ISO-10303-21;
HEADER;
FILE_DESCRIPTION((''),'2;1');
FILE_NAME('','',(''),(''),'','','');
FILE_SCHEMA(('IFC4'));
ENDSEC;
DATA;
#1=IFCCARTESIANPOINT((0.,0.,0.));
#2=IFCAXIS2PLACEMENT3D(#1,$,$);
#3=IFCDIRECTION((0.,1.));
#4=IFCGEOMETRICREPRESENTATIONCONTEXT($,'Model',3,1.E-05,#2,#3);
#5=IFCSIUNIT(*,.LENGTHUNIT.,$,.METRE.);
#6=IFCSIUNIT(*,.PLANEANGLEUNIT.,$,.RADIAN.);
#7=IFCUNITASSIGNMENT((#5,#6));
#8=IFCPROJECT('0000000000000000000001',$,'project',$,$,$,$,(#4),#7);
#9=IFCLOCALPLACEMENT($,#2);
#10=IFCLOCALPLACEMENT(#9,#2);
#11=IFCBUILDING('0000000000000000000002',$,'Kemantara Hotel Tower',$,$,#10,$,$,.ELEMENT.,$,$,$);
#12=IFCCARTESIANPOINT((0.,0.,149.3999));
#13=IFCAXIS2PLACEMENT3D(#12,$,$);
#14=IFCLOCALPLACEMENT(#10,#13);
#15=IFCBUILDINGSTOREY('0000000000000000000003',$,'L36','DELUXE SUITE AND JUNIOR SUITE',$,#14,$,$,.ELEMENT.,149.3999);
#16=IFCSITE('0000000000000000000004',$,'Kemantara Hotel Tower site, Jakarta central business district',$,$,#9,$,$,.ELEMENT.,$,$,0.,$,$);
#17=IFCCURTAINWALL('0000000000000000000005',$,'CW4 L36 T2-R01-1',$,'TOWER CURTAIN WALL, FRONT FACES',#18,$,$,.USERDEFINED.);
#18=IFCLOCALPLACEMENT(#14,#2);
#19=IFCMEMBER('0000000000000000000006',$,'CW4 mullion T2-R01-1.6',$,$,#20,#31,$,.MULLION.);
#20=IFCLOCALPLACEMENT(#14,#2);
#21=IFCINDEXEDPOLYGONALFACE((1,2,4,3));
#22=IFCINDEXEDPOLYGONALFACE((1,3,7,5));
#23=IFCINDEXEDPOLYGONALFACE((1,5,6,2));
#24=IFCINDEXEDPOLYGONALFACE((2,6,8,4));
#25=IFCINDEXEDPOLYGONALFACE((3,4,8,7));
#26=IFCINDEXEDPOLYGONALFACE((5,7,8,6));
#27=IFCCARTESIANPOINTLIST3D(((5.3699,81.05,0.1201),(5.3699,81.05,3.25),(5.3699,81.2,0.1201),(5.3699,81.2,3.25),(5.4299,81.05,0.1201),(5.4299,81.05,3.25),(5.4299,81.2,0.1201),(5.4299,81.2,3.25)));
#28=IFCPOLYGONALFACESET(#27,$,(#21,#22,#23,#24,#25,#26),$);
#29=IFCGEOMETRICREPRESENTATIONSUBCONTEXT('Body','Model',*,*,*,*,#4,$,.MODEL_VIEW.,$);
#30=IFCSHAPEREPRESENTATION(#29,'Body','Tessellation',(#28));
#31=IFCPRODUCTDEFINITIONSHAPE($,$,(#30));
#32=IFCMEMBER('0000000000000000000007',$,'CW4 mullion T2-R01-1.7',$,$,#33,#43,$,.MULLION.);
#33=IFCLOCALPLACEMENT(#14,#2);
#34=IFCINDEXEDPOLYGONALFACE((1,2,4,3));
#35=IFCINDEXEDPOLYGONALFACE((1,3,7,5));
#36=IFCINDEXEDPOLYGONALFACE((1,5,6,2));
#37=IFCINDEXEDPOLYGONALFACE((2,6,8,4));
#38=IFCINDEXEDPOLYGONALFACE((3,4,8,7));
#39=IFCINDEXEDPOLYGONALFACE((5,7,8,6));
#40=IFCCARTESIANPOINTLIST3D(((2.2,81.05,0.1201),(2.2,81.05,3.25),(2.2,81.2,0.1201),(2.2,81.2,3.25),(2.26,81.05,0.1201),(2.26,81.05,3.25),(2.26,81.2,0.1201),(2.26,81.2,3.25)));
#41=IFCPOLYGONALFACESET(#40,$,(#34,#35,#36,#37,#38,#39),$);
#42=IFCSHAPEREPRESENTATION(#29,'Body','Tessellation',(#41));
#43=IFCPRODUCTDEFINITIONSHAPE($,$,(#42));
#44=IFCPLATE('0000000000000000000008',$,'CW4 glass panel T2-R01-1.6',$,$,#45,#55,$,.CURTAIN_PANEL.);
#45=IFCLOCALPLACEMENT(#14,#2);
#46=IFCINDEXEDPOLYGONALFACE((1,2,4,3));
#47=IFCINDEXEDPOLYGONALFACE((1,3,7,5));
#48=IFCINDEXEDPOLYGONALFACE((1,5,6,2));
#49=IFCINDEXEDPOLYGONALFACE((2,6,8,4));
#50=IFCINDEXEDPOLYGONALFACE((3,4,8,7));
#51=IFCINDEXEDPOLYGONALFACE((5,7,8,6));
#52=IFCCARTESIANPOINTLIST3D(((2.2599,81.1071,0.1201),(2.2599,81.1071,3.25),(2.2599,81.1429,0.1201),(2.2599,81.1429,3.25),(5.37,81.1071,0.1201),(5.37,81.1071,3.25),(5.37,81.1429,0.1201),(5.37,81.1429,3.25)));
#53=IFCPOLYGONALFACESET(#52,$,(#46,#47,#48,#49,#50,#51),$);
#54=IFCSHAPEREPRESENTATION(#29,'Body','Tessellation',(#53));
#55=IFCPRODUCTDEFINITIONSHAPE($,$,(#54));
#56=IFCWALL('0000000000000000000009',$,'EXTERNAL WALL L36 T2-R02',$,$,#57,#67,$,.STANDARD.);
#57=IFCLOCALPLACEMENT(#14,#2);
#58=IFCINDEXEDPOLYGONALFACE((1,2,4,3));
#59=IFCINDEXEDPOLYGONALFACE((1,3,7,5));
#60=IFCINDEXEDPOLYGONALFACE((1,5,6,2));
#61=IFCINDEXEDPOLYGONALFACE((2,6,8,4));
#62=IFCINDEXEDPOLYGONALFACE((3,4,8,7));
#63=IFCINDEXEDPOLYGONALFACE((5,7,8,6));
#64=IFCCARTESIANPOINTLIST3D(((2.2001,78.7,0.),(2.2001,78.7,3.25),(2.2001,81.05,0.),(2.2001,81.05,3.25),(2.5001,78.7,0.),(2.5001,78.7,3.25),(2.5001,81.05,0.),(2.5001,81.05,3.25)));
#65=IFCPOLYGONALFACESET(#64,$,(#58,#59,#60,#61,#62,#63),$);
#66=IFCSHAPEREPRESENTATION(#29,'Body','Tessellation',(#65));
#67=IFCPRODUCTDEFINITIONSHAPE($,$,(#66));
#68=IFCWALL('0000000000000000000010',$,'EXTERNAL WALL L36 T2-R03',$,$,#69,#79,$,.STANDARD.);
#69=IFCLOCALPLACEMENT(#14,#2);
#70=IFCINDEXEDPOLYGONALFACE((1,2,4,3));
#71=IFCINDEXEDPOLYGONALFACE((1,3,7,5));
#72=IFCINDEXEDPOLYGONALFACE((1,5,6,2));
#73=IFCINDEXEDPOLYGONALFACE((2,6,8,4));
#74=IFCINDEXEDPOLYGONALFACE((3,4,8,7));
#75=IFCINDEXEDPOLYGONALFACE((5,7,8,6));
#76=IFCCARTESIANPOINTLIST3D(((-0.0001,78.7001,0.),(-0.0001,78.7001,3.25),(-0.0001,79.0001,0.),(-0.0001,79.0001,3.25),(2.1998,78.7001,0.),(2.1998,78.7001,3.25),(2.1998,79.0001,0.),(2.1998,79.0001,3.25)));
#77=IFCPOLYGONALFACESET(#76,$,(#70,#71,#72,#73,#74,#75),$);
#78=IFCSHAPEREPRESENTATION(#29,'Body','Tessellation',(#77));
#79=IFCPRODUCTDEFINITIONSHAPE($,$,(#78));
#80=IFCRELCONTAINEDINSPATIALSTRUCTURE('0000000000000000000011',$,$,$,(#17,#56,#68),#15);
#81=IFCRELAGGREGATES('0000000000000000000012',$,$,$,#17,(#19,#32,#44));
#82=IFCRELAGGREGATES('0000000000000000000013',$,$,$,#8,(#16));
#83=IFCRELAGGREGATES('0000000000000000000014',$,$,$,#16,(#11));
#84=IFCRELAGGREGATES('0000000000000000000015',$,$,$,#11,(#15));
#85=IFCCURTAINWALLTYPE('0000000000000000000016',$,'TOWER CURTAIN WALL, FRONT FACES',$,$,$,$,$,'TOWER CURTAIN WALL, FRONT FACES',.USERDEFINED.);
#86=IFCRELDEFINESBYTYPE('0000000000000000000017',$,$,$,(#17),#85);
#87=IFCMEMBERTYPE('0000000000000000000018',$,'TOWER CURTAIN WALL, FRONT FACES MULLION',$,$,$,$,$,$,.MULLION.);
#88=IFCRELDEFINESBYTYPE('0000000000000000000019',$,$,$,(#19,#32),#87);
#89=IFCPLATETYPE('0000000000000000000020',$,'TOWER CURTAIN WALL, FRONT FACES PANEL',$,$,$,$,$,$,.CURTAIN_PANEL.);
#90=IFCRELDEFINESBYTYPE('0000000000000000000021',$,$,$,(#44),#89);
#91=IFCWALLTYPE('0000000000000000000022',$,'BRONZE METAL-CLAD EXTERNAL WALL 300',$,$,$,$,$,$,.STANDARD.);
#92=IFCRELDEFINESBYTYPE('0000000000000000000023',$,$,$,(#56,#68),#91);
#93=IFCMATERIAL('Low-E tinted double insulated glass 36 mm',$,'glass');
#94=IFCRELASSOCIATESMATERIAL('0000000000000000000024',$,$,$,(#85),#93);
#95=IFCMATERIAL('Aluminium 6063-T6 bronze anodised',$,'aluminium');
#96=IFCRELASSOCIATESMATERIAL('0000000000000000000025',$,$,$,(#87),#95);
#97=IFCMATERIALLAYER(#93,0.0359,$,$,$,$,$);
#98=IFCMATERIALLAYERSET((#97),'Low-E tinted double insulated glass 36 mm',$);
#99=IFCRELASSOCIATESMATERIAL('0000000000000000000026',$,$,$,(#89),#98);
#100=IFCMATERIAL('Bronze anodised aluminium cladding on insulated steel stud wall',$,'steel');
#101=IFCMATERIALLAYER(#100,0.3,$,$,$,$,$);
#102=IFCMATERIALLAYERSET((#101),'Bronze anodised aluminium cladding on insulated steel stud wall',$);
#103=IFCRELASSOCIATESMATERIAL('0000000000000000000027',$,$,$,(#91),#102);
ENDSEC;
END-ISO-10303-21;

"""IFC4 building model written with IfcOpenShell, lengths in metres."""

from ifc_helpers import new_model, si_unit, direction, frame, frame_2d, origin, origin_2d, place, context, subcontext, project, spatial, rectangle, extrude, source, transform, mapped, material, layer, layer_set, material_profile, profile_set, type_object, element, aggregate, save


model = new_model("IFC4")

# Units and contexts
model_context = context("Model", 3, precision=1e-05, world=origin(), true_north=direction((0.0, 1.0)))
body_context = subcontext(model_context, "Body", "Model", "MODEL_VIEW")
ifc_project = project(units=[si_unit("LENGTHUNIT", "METRE"), si_unit("PLANEANGLEUNIT", "RADIAN")], contexts=[model_context])

# Site, building, storey
site_placement = place(None, origin())
site = spatial("IfcSite", under=ifc_project, at=site_placement, Name="Kemantara Hotel Tower site, Jakarta central business district", CompositionType="ELEMENT", RefElevation=0.0)
building_placement = place(site_placement, origin())
building = spatial("IfcBuilding", under=site, at=building_placement, Name="Kemantara Hotel Tower", CompositionType="ELEMENT")
storey_placement = place(building_placement, frame((0.0, 0.0, 149.3999)))
storey = spatial("IfcBuildingStorey", under=building, at=storey_placement, Name="L36", Description="DELUXE SUITE AND JUNIOR SUITE", CompositionType="ELEMENT", Elevation=149.3999)

# Curtain wall, members, plate
ifc_material_1 = material(Name="Low-E tinted double insulated glass 36 mm", Category="glass")
curtain_wall_type = type_object("IfcCurtainWallType", Name="TOWER CURTAIN WALL, FRONT FACES", ElementType="TOWER CURTAIN WALL, FRONT FACES", PredefinedType="USERDEFINED", material=ifc_material_1)
curtain_wall_placement = place(storey_placement, origin())
curtain_wall = element("IfcCurtainWall", 1, at=curtain_wall_placement, inside=storey, type_object=curtain_wall_type, Name="CW4 L36 T2-R01-1", ObjectType="TOWER CURTAIN WALL, FRONT FACES", PredefinedType="USERDEFINED")
ifc_material_2 = material(Name="Aluminium 6063-T6 bronze anodised", Category="aluminium")
ifc_material_profile = material_profile(ifc_material_2, rectangle(XDim=0.1499, YDim=0.0601, at=origin_2d()), Name="TOWER CURTAIN WALL, FRONT FACES MULLION")
ifc_profile_set = profile_set([ifc_material_profile], Name="Aluminium 6063-T6 bronze anodised")
member_type = type_object("IfcMemberType", Name="TOWER CURTAIN WALL, FRONT FACES MULLION", PredefinedType="MULLION", material=ifc_profile_set)
shared_shape_1 = source(origin(), body_context, "Body", "SweptSolid", [
    extrude(rectangle(XDim=0.1499, YDim=0.0601, at=origin_2d()), origin(), (0.0, 0.0, 1.0), 3.1299),
])
member_1_placement = place(storey_placement, frame((5.3999, 81.125, 0.1201), z_axis=(0.0, 0.0, 1.0), x_axis=(0.0, -1.0, 0.0)))
member_1 = element("IfcMember", 2, at=member_1_placement, type_object=member_type, Name="CW4 mullion T2-R01-1.6", PredefinedType="MULLION", context=body_context, shape_type="MappedRepresentation", body=[
    mapped(shared_shape_1, transform((0.0, 0.0, 0.0))),
])
member_2_placement = place(storey_placement, frame((2.23, 81.125, 0.1201), z_axis=(0.0, 0.0, 1.0), x_axis=(0.0, -1.0, 0.0)))
member_2 = element("IfcMember", 3, at=member_2_placement, type_object=member_type, Name="CW4 mullion T2-R01-1.7", PredefinedType="MULLION", context=body_context, shape_type="MappedRepresentation", body=[
    mapped(shared_shape_1, transform((0.0, 0.0, 0.0))),
])
ifc_layer_1 = layer(ifc_material_1, 0.0359)
ifc_layer_set_1 = layer_set([ifc_layer_1], Name="Low-E tinted double insulated glass 36 mm")
plate_type = type_object("IfcPlateType", Name="TOWER CURTAIN WALL, FRONT FACES PANEL", PredefinedType="CURTAIN_PANEL", material=ifc_layer_set_1)
shared_shape_2 = source(origin(), body_context, "Body", "SweptSolid", [
    extrude(rectangle(XDim=3.1101, YDim=0.0359, at=origin_2d()), origin(), (0.0, 0.0, 1.0), 3.1299),
])
plate_placement = place(storey_placement, frame((3.8149, 81.125, 0.1201), z_axis=(0.0, 0.0, 1.0), x_axis=(-1.0, 0.0, 0.0)))
plate = element("IfcPlate", 4, at=plate_placement, type_object=plate_type, Name="CW4 glass panel T2-R01-1.6", PredefinedType="CURTAIN_PANEL", context=body_context, shape_type="MappedRepresentation", body=[
    mapped(shared_shape_2, transform((0.0, 0.0, 0.0))),
])
aggregate(curtain_wall, [member_1, member_2, plate])

# Walls
ifc_material_3 = material(Name="Bronze anodised aluminium cladding on insulated steel stud wall", Category="steel")
ifc_layer_2 = layer(ifc_material_3, 0.3)
ifc_layer_set_2 = layer_set([ifc_layer_2], Name="Bronze anodised aluminium cladding on insulated steel stud wall")
wall_type = type_object("IfcWallType", Name="BRONZE METAL-CLAD EXTERNAL WALL 300", PredefinedType="STANDARD", material=ifc_layer_set_2)
wall_1_placement = place(storey_placement, frame((2.3501, 81.05, 0.0), z_axis=(0.0, 0.0, 1.0), x_axis=(0.0, -1.0, 0.0)))
element("IfcWall", 5, at=wall_1_placement, inside=storey, type_object=wall_type, Name="EXTERNAL WALL L36 T2-R02", PredefinedType="STANDARD", context=body_context, shape_type="SweptSolid", body=[
    extrude(rectangle(XDim=2.3501, YDim=0.3, at=frame_2d((1.175, 0.0))), origin(), (0.0, 0.0, 1.0), 3.25),
])
wall_2_placement = place(storey_placement, frame((2.2, 78.8501, 0.0), z_axis=(0.0, 0.0, 1.0), x_axis=(-1.0, 0.0, 0.0)))
element("IfcWall", 6, at=wall_2_placement, inside=storey, type_object=wall_type, Name="EXTERNAL WALL L36 T2-R03", PredefinedType="STANDARD", context=body_context, shape_type="SweptSolid", body=[
    extrude(rectangle(XDim=2.2, YDim=0.3, at=frame_2d((1.1001, 0.0))), origin(), (0.0, 0.0, 1.0), 3.25),
])

save(model, "model.ifc")
